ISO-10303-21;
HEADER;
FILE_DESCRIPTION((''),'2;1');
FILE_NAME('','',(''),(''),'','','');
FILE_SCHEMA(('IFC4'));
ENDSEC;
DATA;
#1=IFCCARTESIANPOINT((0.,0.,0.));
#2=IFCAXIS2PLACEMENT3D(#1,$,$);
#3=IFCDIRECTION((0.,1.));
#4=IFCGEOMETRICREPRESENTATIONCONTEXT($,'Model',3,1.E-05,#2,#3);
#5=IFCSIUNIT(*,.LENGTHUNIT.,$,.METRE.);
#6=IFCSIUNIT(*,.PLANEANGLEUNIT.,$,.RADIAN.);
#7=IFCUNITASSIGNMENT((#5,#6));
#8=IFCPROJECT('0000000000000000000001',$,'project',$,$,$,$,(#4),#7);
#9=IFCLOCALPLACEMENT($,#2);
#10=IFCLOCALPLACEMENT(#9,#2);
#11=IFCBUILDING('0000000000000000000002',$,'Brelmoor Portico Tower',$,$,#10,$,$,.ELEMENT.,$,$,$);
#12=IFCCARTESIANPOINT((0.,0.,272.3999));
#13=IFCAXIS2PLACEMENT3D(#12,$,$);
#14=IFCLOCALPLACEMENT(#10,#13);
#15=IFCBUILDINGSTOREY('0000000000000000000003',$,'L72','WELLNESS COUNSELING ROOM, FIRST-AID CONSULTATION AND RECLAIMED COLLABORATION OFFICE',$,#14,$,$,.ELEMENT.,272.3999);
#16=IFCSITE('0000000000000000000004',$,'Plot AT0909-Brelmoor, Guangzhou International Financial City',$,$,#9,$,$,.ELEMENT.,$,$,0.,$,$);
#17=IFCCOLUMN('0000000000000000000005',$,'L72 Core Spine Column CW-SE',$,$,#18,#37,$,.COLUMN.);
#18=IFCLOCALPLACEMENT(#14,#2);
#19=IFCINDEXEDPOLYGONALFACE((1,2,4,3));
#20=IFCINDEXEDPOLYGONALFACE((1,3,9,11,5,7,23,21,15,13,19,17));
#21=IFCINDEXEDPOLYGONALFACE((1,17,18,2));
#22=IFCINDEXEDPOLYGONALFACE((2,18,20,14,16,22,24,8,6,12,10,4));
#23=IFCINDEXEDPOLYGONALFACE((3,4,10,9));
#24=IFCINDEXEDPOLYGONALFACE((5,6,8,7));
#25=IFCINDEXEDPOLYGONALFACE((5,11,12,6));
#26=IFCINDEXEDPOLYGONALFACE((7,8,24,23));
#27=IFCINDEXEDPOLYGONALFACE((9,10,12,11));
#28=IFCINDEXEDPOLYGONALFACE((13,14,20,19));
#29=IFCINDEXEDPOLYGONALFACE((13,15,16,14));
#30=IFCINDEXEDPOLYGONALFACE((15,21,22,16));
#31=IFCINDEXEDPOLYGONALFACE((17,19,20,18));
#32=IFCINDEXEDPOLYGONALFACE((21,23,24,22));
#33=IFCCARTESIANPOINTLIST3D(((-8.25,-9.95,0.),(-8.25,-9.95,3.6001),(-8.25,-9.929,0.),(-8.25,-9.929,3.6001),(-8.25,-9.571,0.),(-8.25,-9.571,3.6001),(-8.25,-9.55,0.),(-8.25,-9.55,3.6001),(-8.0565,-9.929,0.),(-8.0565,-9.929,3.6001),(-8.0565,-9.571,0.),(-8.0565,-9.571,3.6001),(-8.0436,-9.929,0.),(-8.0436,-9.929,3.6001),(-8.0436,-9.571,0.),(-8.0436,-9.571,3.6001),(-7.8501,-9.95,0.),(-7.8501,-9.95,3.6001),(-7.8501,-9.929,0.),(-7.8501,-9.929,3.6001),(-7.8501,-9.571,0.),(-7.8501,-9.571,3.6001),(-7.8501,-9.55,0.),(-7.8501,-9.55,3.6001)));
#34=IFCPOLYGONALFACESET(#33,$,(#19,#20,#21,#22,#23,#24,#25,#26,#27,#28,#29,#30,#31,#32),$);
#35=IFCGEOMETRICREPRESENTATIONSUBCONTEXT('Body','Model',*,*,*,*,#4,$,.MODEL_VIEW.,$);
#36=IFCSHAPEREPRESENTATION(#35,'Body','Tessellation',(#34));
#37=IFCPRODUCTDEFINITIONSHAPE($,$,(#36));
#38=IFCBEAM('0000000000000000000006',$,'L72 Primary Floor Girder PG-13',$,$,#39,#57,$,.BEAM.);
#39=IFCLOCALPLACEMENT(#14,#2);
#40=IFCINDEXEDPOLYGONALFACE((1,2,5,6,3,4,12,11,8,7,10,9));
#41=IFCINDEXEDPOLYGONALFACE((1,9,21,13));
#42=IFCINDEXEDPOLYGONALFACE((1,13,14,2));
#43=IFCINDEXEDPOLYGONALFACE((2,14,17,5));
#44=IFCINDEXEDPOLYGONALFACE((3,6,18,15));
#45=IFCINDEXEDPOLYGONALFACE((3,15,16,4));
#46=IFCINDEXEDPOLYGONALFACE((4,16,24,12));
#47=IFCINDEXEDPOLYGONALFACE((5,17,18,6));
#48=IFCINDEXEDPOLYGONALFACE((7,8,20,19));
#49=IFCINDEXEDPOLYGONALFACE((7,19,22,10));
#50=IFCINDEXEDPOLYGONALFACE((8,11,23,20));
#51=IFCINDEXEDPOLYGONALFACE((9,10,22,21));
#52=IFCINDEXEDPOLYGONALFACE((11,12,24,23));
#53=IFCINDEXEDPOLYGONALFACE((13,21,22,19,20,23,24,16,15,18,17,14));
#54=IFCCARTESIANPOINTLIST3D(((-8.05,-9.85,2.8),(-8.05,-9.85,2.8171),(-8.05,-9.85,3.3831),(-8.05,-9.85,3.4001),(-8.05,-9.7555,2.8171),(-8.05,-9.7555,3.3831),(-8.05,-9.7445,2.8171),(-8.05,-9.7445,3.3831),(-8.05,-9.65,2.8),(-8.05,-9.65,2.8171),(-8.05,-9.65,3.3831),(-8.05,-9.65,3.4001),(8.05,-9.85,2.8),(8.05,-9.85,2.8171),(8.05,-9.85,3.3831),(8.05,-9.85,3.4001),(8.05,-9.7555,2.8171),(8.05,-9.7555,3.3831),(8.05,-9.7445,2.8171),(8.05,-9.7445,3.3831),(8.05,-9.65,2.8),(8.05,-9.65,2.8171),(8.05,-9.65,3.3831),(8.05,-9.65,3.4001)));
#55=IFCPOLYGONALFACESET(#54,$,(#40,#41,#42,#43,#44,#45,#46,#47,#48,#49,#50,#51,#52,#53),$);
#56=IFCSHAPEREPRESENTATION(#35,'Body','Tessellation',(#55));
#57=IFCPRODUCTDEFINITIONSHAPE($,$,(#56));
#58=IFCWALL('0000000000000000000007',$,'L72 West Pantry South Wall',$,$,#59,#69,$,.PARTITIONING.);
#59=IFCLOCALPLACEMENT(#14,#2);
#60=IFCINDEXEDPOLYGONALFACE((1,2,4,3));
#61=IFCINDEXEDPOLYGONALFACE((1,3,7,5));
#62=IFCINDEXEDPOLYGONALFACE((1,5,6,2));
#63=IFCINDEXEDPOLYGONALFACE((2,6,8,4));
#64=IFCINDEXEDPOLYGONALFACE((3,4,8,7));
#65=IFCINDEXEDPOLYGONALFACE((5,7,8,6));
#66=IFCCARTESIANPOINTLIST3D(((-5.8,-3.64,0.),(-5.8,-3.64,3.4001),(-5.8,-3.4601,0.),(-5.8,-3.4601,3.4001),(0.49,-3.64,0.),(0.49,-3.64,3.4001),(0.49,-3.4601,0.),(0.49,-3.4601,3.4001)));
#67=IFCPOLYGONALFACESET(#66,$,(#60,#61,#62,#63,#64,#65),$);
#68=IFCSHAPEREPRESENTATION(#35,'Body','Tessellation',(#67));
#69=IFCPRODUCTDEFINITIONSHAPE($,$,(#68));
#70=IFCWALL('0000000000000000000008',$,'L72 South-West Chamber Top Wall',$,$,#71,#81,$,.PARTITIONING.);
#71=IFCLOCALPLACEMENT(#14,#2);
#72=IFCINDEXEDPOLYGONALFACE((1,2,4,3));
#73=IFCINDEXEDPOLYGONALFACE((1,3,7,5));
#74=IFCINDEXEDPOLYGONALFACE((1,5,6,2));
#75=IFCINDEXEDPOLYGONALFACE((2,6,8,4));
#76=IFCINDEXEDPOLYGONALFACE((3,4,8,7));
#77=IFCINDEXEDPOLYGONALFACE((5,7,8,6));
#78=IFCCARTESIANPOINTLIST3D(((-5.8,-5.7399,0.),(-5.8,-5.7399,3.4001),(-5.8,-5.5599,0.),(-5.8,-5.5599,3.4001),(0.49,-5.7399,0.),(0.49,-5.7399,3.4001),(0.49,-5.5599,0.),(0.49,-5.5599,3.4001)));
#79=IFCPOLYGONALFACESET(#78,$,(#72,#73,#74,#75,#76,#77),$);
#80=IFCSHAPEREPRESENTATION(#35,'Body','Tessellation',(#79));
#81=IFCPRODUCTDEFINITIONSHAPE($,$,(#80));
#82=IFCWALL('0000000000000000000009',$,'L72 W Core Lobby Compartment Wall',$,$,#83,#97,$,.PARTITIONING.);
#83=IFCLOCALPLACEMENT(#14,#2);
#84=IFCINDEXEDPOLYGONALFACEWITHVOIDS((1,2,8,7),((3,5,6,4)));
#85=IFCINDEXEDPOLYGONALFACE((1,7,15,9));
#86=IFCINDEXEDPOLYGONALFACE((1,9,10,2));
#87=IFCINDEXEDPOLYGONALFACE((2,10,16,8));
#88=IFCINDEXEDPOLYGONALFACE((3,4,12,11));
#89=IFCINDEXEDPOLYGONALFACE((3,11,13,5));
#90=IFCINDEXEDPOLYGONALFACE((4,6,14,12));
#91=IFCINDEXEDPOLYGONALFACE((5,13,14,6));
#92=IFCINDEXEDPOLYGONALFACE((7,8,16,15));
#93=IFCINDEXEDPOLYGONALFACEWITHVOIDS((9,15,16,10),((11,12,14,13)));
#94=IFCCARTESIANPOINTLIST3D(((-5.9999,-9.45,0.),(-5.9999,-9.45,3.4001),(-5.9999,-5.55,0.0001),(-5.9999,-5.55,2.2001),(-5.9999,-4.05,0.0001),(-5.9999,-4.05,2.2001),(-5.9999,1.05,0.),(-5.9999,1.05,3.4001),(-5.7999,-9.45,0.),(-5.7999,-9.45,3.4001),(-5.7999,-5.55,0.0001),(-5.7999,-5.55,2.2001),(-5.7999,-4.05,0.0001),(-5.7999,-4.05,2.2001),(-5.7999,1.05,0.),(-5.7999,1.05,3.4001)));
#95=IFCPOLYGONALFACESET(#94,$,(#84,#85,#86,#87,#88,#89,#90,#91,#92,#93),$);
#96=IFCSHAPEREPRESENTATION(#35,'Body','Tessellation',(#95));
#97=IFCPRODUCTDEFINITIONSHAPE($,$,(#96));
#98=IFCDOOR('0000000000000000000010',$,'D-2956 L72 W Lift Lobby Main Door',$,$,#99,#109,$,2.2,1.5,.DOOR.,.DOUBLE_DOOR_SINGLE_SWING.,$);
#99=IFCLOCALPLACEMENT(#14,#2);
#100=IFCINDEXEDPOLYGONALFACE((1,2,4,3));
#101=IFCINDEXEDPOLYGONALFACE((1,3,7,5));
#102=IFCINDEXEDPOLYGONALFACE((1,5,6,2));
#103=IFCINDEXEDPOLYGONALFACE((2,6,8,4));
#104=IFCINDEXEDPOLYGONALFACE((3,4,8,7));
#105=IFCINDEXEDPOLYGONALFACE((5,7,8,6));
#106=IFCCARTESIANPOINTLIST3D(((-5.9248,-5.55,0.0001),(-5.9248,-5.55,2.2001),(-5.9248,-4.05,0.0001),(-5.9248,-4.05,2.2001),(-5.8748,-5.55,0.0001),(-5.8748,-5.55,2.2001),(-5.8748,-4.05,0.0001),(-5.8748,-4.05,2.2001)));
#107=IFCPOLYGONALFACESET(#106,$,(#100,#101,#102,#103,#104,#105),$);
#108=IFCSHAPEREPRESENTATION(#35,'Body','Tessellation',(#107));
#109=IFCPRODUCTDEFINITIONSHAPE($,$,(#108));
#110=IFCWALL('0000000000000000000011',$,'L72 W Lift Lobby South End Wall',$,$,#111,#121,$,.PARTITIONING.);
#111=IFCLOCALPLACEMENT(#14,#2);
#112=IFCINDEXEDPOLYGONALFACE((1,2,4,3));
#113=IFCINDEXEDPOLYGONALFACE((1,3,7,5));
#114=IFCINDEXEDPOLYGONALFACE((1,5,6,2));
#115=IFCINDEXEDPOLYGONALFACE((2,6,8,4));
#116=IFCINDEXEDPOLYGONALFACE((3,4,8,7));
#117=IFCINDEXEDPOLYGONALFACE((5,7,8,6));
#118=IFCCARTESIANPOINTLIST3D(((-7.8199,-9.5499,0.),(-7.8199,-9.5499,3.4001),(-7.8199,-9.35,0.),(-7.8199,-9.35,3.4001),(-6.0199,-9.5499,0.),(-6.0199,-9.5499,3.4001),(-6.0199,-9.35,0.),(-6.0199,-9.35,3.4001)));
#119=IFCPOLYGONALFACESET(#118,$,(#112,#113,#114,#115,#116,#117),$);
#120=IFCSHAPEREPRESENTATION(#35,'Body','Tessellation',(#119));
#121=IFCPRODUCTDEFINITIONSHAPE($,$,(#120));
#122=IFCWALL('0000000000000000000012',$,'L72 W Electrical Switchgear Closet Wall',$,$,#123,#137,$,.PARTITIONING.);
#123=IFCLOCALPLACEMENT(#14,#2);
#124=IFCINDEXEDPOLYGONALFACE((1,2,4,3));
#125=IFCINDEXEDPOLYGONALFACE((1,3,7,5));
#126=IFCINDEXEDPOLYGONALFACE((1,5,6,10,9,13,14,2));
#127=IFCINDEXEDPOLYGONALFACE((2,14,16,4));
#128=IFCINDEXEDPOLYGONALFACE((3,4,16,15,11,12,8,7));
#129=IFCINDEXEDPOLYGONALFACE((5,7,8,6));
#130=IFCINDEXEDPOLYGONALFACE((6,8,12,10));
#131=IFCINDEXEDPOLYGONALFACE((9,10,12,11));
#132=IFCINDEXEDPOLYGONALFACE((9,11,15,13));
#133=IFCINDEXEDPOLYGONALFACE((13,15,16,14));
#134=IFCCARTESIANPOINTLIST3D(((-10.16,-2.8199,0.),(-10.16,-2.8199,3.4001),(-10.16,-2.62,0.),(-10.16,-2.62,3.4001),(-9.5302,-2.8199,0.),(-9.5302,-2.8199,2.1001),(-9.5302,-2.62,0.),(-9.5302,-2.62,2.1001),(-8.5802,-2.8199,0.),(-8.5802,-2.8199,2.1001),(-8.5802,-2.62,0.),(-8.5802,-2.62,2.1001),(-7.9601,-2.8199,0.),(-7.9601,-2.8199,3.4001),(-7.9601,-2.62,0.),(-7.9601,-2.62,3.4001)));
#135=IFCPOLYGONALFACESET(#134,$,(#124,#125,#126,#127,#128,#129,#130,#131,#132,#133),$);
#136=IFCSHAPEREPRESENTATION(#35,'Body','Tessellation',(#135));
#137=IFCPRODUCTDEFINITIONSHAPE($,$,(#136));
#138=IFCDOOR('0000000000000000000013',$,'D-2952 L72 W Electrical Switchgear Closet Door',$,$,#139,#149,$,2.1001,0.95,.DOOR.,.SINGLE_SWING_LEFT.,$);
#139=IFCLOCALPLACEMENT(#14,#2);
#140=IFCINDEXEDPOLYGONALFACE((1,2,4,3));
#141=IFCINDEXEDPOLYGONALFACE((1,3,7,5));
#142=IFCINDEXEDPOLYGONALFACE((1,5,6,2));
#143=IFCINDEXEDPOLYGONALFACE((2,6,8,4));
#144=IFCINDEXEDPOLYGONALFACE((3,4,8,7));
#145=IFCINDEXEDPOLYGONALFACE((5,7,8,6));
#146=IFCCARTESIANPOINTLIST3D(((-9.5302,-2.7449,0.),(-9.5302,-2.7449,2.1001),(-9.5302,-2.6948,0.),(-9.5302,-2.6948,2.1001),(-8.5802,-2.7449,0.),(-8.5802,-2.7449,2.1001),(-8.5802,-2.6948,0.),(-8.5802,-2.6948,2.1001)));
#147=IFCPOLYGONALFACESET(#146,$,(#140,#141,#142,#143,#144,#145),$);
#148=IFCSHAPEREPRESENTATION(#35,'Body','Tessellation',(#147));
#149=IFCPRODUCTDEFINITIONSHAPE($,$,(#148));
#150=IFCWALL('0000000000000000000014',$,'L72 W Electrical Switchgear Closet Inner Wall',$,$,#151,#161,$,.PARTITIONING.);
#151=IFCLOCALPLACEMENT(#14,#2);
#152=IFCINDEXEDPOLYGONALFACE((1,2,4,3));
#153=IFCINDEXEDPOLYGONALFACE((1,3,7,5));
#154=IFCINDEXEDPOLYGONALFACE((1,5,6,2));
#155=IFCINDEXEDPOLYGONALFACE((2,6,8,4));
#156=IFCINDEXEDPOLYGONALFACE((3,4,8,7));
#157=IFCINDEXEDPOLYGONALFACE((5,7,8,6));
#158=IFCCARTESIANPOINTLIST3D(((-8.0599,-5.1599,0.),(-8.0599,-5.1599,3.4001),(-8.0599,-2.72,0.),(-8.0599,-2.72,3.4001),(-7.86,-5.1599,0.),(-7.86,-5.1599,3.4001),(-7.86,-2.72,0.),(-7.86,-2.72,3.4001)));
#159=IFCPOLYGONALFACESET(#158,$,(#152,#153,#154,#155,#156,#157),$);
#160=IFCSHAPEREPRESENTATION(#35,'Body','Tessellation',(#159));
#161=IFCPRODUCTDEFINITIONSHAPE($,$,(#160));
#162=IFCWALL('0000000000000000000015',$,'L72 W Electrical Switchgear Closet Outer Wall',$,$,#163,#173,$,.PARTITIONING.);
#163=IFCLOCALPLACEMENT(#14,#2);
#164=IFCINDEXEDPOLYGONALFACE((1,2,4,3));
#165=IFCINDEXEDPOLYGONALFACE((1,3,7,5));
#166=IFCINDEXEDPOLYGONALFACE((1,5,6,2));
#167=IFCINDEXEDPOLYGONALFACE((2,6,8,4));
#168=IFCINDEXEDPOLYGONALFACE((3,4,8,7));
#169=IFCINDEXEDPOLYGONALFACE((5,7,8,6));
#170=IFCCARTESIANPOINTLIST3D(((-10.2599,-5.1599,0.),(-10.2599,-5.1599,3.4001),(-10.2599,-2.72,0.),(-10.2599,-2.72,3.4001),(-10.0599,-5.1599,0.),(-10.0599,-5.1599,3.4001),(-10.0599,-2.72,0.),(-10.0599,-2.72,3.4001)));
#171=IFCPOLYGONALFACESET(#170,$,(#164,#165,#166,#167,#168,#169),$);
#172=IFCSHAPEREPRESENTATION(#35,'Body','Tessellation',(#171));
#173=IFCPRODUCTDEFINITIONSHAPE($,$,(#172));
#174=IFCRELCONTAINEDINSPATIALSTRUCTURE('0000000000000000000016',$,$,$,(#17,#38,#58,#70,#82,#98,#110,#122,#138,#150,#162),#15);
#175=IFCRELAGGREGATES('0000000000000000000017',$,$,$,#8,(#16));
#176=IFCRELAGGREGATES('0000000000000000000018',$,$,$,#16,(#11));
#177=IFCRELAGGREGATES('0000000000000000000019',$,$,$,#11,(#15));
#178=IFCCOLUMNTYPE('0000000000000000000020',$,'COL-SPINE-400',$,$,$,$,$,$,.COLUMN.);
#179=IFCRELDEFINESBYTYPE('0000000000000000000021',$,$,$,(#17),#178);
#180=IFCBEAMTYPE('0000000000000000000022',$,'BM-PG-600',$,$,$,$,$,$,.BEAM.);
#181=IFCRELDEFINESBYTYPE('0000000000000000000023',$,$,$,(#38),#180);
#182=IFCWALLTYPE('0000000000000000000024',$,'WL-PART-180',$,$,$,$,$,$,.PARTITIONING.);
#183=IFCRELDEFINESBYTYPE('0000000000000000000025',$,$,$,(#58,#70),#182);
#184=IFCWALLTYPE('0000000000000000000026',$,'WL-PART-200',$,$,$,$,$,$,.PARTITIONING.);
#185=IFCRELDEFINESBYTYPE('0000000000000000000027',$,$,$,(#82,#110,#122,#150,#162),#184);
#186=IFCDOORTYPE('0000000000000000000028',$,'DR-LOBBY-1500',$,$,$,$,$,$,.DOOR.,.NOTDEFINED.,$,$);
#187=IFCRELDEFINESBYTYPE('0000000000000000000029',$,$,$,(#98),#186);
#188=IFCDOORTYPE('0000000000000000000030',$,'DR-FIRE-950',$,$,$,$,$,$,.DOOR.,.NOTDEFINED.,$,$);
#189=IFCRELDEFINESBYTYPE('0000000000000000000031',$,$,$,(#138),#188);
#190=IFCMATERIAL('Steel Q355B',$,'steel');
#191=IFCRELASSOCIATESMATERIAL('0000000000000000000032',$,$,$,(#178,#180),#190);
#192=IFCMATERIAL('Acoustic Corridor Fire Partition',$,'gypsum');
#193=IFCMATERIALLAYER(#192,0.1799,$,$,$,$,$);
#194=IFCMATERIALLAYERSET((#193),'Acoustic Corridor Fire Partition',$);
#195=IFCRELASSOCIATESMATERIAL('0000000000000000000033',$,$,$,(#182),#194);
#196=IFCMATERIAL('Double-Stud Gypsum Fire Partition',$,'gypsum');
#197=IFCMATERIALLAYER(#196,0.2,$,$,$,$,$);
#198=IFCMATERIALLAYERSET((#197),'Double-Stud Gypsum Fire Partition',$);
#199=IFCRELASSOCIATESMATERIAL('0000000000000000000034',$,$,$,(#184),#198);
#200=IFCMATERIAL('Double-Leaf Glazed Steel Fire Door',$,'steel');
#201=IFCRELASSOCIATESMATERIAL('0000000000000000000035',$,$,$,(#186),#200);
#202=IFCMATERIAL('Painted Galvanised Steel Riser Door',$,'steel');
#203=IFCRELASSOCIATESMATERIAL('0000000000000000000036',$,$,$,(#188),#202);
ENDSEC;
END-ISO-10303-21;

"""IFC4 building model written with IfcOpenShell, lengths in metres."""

from ifc_helpers import new_model, si_unit, direction, frame, frame_2d, origin, origin_2d, place, context, subcontext, project, spatial, rectangle, i_section, extrude, material, layer, layer_set, material_profile, profile_set, type_object, element, fill, save


model = new_model("IFC4")

# Units and contexts
model_context = context("Model", 3, precision=1e-05, world=origin(), true_north=direction((0.0, 1.0)))
body_context = subcontext(model_context, "Body", "Model", "MODEL_VIEW")
ifc_project = project(units=[si_unit("LENGTHUNIT", "METRE"), si_unit("PLANEANGLEUNIT", "RADIAN")], contexts=[model_context])

# Site, building, storey
site_placement = place(None, origin())
site = spatial("IfcSite", under=ifc_project, at=site_placement, Name="Plot AT0909-Brelmoor, Guangzhou International Financial City", CompositionType="ELEMENT", RefElevation=0.0)
building_placement = place(site_placement, origin())
building = spatial("IfcBuilding", under=site, at=building_placement, Name="Brelmoor Portico Tower", CompositionType="ELEMENT")
storey_placement = place(building_placement, frame((0.0, 0.0, 272.3999)))
storey = spatial("IfcBuildingStorey", under=building, at=storey_placement, Name="L72", Description="WELLNESS COUNSELING ROOM, FIRST-AID CONSULTATION AND RECLAIMED COLLABORATION OFFICE", CompositionType="ELEMENT", Elevation=272.3999)

# Column
ifc_material_1 = material(Name="Steel Q355B", Category="steel")
ifc_material_profile_1 = material_profile(ifc_material_1, i_section(OverallWidth=0.3999, OverallDepth=0.3999, WebThickness=0.0129, FlangeThickness=0.021, at=origin_2d()), Name="HW 400x400x13x21")
ifc_profile_set_1 = profile_set([ifc_material_profile_1], Name="Steel Q355B")
column_type = type_object("IfcColumnType", Name="COL-SPINE-400", PredefinedType="COLUMN", material=ifc_profile_set_1)
column_placement = place(storey_placement, frame((-8.05, -9.75, 0.0), z_axis=(0.0, 0.0, 1.0), x_axis=(1.0, 0.0, 0.0)))
element("IfcColumn", 1, at=column_placement, inside=storey, type_object=column_type, Name="L72 Core Spine Column CW-SE", PredefinedType="COLUMN", context=body_context, shape_type="SweptSolid", body=[
    extrude(i_section(OverallWidth=0.3999, OverallDepth=0.3999, WebThickness=0.0129, FlangeThickness=0.021, at=origin_2d()), origin(), (0.0, 0.0, 1.0), 3.6001),
])

# Beam
ifc_material_profile_2 = material_profile(ifc_material_1, i_section(OverallWidth=0.2, OverallDepth=0.6001, WebThickness=0.011, FlangeThickness=0.0171, at=origin_2d()), Name="HN 600x200x11x17")
ifc_profile_set_2 = profile_set([ifc_material_profile_2], Name="Steel Q355B")
beam_type = type_object("IfcBeamType", Name="BM-PG-600", PredefinedType="BEAM", material=ifc_profile_set_2)
beam_placement = place(storey_placement, frame((-8.05, -9.75, 3.1001), z_axis=(1.0, 0.0, 0.0), x_axis=(0.0, 1.0, 0.0)))
element("IfcBeam", 2, at=beam_placement, inside=storey, type_object=beam_type, Name="L72 Primary Floor Girder PG-13", PredefinedType="BEAM", context=body_context, shape_type="SweptSolid", body=[
    extrude(i_section(OverallWidth=0.2, OverallDepth=0.6001, WebThickness=0.011, FlangeThickness=0.0171, at=origin_2d()), origin(), (0.0, 0.0, 1.0), 16.1001),
])

# Walls
ifc_material_2 = material(Name="Acoustic Corridor Fire Partition", Category="gypsum")
ifc_layer_1 = layer(ifc_material_2, 0.1799)
ifc_layer_set_1 = layer_set([ifc_layer_1], Name="Acoustic Corridor Fire Partition")
wall_type_1 = type_object("IfcWallType", Name="WL-PART-180", PredefinedType="PARTITIONING", material=ifc_layer_set_1)
for number, where, z_axis, x_axis, name in (
    (3, (-5.8, -3.55, 0.0), (0.0, 0.0, 1.0), (1.0, 0.0, 0.0), "L72 West Pantry South Wall"),
    (4, (-5.8, -5.6499, 0.0), (0.0, 0.0, 1.0), (1.0, 0.0, 0.0), "L72 South-West Chamber Top Wall"),
):
    element("IfcWall", number, at=place(storey_placement, frame(where, z_axis=z_axis, x_axis=x_axis)), inside=storey, type_object=wall_type_1, Name=name, PredefinedType="PARTITIONING", context=body_context, shape_type="SweptSolid", body=[
        extrude(rectangle(XDim=6.29, YDim=0.1799, at=frame_2d((3.145, 0.0))), origin(), (0.0, 0.0, 1.0), 3.4001),
    ])

# Wall, opening, door
ifc_material_3 = material(Name="Double-Stud Gypsum Fire Partition", Category="gypsum")
ifc_layer_2 = layer(ifc_material_3, 0.2)
ifc_layer_set_2 = layer_set([ifc_layer_2], Name="Double-Stud Gypsum Fire Partition")
wall_type_2 = type_object("IfcWallType", Name="WL-PART-200", PredefinedType="PARTITIONING", material=ifc_layer_set_2)
wall_1_placement = place(storey_placement, frame((-5.8999, -9.45, 0.0), z_axis=(0.0, 0.0, 1.0), x_axis=(0.0, 1.0, 0.0)))
wall_1 = element("IfcWall", 5, at=wall_1_placement, inside=storey, type_object=wall_type_2, Name="L72 W Core Lobby Compartment Wall", PredefinedType="PARTITIONING", context=body_context, shape_type="SweptSolid", body=[
    extrude(rectangle(XDim=10.5, YDim=0.2, at=frame_2d((5.25, 0.0))), origin(), (0.0, 0.0, 1.0), 3.4001),
])
opening_1_placement = place(wall_1_placement, frame((3.8999, 0.0, 0.0)))
opening_1 = element("IfcOpeningElement", 6, at=opening_1_placement, cuts=wall_1, PredefinedType="OPENING", context=body_context, shape_type="SweptSolid", body=[
    extrude(rectangle(XDim=1.5, YDim=2.2, at=frame_2d((0.75, 1.1001))), frame((0.0, 0.1099, 0.0), z_axis=(0.0, -1.0, 0.0), x_axis=(1.0, 0.0, 0.0)), (0.0, 0.0, 1.0), 0.22),
])
ifc_material_4 = material(Name="Double-Leaf Glazed Steel Fire Door", Category="steel")
door_type_1 = type_object("IfcDoorType", Name="DR-LOBBY-1500", OperationType="NOTDEFINED", PredefinedType="DOOR", material=ifc_material_4)
door_1_placement = place(opening_1_placement, origin())
door_1 = element("IfcDoor", 7, at=door_1_placement, inside=storey, type_object=door_type_1, Name="D-2956 L72 W Lift Lobby Main Door", OperationType="DOUBLE_DOOR_SINGLE_SWING", OverallHeight=2.2, OverallWidth=1.5, PredefinedType="DOOR", context=body_context, shape_type="SweptSolid", body=[
    extrude(rectangle(XDim=1.5, YDim=2.2, at=frame_2d((0.75, 1.1001))), frame((0.0, 0.0249, 0.0), z_axis=(0.0, -1.0, 0.0), x_axis=(1.0, 0.0, 0.0)), (0.0, 0.0, 1.0), 0.05),
])
fill(opening_1, door_1)

# Wall
wall_2_placement = place(storey_placement, frame((-6.02, -9.45, 0.0), z_axis=(0.0, 0.0, 1.0), x_axis=(-1.0, 0.0, 0.0)))
element("IfcWall", 8, at=wall_2_placement, inside=storey, type_object=wall_type_2, Name="L72 W Lift Lobby South End Wall", PredefinedType="PARTITIONING", context=body_context, shape_type="SweptSolid", body=[
    extrude(rectangle(XDim=1.8, YDim=0.2, at=frame_2d((0.8999, 0.0))), origin(), (0.0, 0.0, 1.0), 3.4001),
])

# Wall, opening, door
wall_3_placement = place(storey_placement, frame((-7.96, -2.72, 0.0), z_axis=(0.0, 0.0, 1.0), x_axis=(-1.0, 0.0, 0.0)))
wall_3 = element("IfcWall", 9, at=wall_3_placement, inside=storey, type_object=wall_type_2, Name="L72 W Electrical Switchgear Closet Wall", PredefinedType="PARTITIONING", context=body_context, shape_type="SweptSolid", body=[
    extrude(rectangle(XDim=2.2, YDim=0.2, at=frame_2d((1.1001, 0.0))), origin(), (0.0, 0.0, 1.0), 3.4001),
])
opening_2_placement = place(wall_3_placement, frame((0.6201, 0.0, 0.0)))
opening_2 = element("IfcOpeningElement", 10, at=opening_2_placement, cuts=wall_3, PredefinedType="OPENING", context=body_context, shape_type="SweptSolid", body=[
    extrude(rectangle(XDim=0.95, YDim=2.1001, at=frame_2d((0.4751, 1.05))), frame((0.0, 0.1099, 0.0), z_axis=(0.0, -1.0, 0.0), x_axis=(1.0, 0.0, 0.0)), (0.0, 0.0, 1.0), 0.22),
])
ifc_material_5 = material(Name="Painted Galvanised Steel Riser Door", Category="steel")
door_type_2 = type_object("IfcDoorType", Name="DR-FIRE-950", OperationType="NOTDEFINED", PredefinedType="DOOR", material=ifc_material_5)
door_2_placement = place(opening_2_placement, origin())
door_2 = element("IfcDoor", 11, at=door_2_placement, inside=storey, type_object=door_type_2, Name="D-2952 L72 W Electrical Switchgear Closet Door", OperationType="SINGLE_SWING_LEFT", OverallHeight=2.1001, OverallWidth=0.95, PredefinedType="DOOR", context=body_context, shape_type="SweptSolid", body=[
    extrude(rectangle(XDim=0.95, YDim=2.1001, at=frame_2d((0.4751, 1.05))), frame((0.0, 0.0249, 0.0), z_axis=(0.0, -1.0, 0.0), x_axis=(1.0, 0.0, 0.0)), (0.0, 0.0, 1.0), 0.05),
])
fill(opening_2, door_2)

# Walls
for number, where, z_axis, x_axis, name in (
    (12, (-7.96, -5.1599, 0.0), (0.0, 0.0, 1.0), (0.0, 1.0, 0.0), "L72 W Electrical Switchgear Closet Inner Wall"),
    (13, (-10.1599, -5.1599, 0.0), (0.0, 0.0, 1.0), (0.0, 1.0, 0.0), "L72 W Electrical Switchgear Closet Outer Wall"),
):
    element("IfcWall", number, at=place(storey_placement, frame(where, z_axis=z_axis, x_axis=x_axis)), inside=storey, type_object=wall_type_2, Name=name, PredefinedType="PARTITIONING", context=body_context, shape_type="SweptSolid", body=[
        extrude(rectangle(XDim=2.4399, YDim=0.2, at=frame_2d((1.22, 0.0))), origin(), (0.0, 0.0, 1.0), 3.4001),
    ])

save(model, "model.ifc")
